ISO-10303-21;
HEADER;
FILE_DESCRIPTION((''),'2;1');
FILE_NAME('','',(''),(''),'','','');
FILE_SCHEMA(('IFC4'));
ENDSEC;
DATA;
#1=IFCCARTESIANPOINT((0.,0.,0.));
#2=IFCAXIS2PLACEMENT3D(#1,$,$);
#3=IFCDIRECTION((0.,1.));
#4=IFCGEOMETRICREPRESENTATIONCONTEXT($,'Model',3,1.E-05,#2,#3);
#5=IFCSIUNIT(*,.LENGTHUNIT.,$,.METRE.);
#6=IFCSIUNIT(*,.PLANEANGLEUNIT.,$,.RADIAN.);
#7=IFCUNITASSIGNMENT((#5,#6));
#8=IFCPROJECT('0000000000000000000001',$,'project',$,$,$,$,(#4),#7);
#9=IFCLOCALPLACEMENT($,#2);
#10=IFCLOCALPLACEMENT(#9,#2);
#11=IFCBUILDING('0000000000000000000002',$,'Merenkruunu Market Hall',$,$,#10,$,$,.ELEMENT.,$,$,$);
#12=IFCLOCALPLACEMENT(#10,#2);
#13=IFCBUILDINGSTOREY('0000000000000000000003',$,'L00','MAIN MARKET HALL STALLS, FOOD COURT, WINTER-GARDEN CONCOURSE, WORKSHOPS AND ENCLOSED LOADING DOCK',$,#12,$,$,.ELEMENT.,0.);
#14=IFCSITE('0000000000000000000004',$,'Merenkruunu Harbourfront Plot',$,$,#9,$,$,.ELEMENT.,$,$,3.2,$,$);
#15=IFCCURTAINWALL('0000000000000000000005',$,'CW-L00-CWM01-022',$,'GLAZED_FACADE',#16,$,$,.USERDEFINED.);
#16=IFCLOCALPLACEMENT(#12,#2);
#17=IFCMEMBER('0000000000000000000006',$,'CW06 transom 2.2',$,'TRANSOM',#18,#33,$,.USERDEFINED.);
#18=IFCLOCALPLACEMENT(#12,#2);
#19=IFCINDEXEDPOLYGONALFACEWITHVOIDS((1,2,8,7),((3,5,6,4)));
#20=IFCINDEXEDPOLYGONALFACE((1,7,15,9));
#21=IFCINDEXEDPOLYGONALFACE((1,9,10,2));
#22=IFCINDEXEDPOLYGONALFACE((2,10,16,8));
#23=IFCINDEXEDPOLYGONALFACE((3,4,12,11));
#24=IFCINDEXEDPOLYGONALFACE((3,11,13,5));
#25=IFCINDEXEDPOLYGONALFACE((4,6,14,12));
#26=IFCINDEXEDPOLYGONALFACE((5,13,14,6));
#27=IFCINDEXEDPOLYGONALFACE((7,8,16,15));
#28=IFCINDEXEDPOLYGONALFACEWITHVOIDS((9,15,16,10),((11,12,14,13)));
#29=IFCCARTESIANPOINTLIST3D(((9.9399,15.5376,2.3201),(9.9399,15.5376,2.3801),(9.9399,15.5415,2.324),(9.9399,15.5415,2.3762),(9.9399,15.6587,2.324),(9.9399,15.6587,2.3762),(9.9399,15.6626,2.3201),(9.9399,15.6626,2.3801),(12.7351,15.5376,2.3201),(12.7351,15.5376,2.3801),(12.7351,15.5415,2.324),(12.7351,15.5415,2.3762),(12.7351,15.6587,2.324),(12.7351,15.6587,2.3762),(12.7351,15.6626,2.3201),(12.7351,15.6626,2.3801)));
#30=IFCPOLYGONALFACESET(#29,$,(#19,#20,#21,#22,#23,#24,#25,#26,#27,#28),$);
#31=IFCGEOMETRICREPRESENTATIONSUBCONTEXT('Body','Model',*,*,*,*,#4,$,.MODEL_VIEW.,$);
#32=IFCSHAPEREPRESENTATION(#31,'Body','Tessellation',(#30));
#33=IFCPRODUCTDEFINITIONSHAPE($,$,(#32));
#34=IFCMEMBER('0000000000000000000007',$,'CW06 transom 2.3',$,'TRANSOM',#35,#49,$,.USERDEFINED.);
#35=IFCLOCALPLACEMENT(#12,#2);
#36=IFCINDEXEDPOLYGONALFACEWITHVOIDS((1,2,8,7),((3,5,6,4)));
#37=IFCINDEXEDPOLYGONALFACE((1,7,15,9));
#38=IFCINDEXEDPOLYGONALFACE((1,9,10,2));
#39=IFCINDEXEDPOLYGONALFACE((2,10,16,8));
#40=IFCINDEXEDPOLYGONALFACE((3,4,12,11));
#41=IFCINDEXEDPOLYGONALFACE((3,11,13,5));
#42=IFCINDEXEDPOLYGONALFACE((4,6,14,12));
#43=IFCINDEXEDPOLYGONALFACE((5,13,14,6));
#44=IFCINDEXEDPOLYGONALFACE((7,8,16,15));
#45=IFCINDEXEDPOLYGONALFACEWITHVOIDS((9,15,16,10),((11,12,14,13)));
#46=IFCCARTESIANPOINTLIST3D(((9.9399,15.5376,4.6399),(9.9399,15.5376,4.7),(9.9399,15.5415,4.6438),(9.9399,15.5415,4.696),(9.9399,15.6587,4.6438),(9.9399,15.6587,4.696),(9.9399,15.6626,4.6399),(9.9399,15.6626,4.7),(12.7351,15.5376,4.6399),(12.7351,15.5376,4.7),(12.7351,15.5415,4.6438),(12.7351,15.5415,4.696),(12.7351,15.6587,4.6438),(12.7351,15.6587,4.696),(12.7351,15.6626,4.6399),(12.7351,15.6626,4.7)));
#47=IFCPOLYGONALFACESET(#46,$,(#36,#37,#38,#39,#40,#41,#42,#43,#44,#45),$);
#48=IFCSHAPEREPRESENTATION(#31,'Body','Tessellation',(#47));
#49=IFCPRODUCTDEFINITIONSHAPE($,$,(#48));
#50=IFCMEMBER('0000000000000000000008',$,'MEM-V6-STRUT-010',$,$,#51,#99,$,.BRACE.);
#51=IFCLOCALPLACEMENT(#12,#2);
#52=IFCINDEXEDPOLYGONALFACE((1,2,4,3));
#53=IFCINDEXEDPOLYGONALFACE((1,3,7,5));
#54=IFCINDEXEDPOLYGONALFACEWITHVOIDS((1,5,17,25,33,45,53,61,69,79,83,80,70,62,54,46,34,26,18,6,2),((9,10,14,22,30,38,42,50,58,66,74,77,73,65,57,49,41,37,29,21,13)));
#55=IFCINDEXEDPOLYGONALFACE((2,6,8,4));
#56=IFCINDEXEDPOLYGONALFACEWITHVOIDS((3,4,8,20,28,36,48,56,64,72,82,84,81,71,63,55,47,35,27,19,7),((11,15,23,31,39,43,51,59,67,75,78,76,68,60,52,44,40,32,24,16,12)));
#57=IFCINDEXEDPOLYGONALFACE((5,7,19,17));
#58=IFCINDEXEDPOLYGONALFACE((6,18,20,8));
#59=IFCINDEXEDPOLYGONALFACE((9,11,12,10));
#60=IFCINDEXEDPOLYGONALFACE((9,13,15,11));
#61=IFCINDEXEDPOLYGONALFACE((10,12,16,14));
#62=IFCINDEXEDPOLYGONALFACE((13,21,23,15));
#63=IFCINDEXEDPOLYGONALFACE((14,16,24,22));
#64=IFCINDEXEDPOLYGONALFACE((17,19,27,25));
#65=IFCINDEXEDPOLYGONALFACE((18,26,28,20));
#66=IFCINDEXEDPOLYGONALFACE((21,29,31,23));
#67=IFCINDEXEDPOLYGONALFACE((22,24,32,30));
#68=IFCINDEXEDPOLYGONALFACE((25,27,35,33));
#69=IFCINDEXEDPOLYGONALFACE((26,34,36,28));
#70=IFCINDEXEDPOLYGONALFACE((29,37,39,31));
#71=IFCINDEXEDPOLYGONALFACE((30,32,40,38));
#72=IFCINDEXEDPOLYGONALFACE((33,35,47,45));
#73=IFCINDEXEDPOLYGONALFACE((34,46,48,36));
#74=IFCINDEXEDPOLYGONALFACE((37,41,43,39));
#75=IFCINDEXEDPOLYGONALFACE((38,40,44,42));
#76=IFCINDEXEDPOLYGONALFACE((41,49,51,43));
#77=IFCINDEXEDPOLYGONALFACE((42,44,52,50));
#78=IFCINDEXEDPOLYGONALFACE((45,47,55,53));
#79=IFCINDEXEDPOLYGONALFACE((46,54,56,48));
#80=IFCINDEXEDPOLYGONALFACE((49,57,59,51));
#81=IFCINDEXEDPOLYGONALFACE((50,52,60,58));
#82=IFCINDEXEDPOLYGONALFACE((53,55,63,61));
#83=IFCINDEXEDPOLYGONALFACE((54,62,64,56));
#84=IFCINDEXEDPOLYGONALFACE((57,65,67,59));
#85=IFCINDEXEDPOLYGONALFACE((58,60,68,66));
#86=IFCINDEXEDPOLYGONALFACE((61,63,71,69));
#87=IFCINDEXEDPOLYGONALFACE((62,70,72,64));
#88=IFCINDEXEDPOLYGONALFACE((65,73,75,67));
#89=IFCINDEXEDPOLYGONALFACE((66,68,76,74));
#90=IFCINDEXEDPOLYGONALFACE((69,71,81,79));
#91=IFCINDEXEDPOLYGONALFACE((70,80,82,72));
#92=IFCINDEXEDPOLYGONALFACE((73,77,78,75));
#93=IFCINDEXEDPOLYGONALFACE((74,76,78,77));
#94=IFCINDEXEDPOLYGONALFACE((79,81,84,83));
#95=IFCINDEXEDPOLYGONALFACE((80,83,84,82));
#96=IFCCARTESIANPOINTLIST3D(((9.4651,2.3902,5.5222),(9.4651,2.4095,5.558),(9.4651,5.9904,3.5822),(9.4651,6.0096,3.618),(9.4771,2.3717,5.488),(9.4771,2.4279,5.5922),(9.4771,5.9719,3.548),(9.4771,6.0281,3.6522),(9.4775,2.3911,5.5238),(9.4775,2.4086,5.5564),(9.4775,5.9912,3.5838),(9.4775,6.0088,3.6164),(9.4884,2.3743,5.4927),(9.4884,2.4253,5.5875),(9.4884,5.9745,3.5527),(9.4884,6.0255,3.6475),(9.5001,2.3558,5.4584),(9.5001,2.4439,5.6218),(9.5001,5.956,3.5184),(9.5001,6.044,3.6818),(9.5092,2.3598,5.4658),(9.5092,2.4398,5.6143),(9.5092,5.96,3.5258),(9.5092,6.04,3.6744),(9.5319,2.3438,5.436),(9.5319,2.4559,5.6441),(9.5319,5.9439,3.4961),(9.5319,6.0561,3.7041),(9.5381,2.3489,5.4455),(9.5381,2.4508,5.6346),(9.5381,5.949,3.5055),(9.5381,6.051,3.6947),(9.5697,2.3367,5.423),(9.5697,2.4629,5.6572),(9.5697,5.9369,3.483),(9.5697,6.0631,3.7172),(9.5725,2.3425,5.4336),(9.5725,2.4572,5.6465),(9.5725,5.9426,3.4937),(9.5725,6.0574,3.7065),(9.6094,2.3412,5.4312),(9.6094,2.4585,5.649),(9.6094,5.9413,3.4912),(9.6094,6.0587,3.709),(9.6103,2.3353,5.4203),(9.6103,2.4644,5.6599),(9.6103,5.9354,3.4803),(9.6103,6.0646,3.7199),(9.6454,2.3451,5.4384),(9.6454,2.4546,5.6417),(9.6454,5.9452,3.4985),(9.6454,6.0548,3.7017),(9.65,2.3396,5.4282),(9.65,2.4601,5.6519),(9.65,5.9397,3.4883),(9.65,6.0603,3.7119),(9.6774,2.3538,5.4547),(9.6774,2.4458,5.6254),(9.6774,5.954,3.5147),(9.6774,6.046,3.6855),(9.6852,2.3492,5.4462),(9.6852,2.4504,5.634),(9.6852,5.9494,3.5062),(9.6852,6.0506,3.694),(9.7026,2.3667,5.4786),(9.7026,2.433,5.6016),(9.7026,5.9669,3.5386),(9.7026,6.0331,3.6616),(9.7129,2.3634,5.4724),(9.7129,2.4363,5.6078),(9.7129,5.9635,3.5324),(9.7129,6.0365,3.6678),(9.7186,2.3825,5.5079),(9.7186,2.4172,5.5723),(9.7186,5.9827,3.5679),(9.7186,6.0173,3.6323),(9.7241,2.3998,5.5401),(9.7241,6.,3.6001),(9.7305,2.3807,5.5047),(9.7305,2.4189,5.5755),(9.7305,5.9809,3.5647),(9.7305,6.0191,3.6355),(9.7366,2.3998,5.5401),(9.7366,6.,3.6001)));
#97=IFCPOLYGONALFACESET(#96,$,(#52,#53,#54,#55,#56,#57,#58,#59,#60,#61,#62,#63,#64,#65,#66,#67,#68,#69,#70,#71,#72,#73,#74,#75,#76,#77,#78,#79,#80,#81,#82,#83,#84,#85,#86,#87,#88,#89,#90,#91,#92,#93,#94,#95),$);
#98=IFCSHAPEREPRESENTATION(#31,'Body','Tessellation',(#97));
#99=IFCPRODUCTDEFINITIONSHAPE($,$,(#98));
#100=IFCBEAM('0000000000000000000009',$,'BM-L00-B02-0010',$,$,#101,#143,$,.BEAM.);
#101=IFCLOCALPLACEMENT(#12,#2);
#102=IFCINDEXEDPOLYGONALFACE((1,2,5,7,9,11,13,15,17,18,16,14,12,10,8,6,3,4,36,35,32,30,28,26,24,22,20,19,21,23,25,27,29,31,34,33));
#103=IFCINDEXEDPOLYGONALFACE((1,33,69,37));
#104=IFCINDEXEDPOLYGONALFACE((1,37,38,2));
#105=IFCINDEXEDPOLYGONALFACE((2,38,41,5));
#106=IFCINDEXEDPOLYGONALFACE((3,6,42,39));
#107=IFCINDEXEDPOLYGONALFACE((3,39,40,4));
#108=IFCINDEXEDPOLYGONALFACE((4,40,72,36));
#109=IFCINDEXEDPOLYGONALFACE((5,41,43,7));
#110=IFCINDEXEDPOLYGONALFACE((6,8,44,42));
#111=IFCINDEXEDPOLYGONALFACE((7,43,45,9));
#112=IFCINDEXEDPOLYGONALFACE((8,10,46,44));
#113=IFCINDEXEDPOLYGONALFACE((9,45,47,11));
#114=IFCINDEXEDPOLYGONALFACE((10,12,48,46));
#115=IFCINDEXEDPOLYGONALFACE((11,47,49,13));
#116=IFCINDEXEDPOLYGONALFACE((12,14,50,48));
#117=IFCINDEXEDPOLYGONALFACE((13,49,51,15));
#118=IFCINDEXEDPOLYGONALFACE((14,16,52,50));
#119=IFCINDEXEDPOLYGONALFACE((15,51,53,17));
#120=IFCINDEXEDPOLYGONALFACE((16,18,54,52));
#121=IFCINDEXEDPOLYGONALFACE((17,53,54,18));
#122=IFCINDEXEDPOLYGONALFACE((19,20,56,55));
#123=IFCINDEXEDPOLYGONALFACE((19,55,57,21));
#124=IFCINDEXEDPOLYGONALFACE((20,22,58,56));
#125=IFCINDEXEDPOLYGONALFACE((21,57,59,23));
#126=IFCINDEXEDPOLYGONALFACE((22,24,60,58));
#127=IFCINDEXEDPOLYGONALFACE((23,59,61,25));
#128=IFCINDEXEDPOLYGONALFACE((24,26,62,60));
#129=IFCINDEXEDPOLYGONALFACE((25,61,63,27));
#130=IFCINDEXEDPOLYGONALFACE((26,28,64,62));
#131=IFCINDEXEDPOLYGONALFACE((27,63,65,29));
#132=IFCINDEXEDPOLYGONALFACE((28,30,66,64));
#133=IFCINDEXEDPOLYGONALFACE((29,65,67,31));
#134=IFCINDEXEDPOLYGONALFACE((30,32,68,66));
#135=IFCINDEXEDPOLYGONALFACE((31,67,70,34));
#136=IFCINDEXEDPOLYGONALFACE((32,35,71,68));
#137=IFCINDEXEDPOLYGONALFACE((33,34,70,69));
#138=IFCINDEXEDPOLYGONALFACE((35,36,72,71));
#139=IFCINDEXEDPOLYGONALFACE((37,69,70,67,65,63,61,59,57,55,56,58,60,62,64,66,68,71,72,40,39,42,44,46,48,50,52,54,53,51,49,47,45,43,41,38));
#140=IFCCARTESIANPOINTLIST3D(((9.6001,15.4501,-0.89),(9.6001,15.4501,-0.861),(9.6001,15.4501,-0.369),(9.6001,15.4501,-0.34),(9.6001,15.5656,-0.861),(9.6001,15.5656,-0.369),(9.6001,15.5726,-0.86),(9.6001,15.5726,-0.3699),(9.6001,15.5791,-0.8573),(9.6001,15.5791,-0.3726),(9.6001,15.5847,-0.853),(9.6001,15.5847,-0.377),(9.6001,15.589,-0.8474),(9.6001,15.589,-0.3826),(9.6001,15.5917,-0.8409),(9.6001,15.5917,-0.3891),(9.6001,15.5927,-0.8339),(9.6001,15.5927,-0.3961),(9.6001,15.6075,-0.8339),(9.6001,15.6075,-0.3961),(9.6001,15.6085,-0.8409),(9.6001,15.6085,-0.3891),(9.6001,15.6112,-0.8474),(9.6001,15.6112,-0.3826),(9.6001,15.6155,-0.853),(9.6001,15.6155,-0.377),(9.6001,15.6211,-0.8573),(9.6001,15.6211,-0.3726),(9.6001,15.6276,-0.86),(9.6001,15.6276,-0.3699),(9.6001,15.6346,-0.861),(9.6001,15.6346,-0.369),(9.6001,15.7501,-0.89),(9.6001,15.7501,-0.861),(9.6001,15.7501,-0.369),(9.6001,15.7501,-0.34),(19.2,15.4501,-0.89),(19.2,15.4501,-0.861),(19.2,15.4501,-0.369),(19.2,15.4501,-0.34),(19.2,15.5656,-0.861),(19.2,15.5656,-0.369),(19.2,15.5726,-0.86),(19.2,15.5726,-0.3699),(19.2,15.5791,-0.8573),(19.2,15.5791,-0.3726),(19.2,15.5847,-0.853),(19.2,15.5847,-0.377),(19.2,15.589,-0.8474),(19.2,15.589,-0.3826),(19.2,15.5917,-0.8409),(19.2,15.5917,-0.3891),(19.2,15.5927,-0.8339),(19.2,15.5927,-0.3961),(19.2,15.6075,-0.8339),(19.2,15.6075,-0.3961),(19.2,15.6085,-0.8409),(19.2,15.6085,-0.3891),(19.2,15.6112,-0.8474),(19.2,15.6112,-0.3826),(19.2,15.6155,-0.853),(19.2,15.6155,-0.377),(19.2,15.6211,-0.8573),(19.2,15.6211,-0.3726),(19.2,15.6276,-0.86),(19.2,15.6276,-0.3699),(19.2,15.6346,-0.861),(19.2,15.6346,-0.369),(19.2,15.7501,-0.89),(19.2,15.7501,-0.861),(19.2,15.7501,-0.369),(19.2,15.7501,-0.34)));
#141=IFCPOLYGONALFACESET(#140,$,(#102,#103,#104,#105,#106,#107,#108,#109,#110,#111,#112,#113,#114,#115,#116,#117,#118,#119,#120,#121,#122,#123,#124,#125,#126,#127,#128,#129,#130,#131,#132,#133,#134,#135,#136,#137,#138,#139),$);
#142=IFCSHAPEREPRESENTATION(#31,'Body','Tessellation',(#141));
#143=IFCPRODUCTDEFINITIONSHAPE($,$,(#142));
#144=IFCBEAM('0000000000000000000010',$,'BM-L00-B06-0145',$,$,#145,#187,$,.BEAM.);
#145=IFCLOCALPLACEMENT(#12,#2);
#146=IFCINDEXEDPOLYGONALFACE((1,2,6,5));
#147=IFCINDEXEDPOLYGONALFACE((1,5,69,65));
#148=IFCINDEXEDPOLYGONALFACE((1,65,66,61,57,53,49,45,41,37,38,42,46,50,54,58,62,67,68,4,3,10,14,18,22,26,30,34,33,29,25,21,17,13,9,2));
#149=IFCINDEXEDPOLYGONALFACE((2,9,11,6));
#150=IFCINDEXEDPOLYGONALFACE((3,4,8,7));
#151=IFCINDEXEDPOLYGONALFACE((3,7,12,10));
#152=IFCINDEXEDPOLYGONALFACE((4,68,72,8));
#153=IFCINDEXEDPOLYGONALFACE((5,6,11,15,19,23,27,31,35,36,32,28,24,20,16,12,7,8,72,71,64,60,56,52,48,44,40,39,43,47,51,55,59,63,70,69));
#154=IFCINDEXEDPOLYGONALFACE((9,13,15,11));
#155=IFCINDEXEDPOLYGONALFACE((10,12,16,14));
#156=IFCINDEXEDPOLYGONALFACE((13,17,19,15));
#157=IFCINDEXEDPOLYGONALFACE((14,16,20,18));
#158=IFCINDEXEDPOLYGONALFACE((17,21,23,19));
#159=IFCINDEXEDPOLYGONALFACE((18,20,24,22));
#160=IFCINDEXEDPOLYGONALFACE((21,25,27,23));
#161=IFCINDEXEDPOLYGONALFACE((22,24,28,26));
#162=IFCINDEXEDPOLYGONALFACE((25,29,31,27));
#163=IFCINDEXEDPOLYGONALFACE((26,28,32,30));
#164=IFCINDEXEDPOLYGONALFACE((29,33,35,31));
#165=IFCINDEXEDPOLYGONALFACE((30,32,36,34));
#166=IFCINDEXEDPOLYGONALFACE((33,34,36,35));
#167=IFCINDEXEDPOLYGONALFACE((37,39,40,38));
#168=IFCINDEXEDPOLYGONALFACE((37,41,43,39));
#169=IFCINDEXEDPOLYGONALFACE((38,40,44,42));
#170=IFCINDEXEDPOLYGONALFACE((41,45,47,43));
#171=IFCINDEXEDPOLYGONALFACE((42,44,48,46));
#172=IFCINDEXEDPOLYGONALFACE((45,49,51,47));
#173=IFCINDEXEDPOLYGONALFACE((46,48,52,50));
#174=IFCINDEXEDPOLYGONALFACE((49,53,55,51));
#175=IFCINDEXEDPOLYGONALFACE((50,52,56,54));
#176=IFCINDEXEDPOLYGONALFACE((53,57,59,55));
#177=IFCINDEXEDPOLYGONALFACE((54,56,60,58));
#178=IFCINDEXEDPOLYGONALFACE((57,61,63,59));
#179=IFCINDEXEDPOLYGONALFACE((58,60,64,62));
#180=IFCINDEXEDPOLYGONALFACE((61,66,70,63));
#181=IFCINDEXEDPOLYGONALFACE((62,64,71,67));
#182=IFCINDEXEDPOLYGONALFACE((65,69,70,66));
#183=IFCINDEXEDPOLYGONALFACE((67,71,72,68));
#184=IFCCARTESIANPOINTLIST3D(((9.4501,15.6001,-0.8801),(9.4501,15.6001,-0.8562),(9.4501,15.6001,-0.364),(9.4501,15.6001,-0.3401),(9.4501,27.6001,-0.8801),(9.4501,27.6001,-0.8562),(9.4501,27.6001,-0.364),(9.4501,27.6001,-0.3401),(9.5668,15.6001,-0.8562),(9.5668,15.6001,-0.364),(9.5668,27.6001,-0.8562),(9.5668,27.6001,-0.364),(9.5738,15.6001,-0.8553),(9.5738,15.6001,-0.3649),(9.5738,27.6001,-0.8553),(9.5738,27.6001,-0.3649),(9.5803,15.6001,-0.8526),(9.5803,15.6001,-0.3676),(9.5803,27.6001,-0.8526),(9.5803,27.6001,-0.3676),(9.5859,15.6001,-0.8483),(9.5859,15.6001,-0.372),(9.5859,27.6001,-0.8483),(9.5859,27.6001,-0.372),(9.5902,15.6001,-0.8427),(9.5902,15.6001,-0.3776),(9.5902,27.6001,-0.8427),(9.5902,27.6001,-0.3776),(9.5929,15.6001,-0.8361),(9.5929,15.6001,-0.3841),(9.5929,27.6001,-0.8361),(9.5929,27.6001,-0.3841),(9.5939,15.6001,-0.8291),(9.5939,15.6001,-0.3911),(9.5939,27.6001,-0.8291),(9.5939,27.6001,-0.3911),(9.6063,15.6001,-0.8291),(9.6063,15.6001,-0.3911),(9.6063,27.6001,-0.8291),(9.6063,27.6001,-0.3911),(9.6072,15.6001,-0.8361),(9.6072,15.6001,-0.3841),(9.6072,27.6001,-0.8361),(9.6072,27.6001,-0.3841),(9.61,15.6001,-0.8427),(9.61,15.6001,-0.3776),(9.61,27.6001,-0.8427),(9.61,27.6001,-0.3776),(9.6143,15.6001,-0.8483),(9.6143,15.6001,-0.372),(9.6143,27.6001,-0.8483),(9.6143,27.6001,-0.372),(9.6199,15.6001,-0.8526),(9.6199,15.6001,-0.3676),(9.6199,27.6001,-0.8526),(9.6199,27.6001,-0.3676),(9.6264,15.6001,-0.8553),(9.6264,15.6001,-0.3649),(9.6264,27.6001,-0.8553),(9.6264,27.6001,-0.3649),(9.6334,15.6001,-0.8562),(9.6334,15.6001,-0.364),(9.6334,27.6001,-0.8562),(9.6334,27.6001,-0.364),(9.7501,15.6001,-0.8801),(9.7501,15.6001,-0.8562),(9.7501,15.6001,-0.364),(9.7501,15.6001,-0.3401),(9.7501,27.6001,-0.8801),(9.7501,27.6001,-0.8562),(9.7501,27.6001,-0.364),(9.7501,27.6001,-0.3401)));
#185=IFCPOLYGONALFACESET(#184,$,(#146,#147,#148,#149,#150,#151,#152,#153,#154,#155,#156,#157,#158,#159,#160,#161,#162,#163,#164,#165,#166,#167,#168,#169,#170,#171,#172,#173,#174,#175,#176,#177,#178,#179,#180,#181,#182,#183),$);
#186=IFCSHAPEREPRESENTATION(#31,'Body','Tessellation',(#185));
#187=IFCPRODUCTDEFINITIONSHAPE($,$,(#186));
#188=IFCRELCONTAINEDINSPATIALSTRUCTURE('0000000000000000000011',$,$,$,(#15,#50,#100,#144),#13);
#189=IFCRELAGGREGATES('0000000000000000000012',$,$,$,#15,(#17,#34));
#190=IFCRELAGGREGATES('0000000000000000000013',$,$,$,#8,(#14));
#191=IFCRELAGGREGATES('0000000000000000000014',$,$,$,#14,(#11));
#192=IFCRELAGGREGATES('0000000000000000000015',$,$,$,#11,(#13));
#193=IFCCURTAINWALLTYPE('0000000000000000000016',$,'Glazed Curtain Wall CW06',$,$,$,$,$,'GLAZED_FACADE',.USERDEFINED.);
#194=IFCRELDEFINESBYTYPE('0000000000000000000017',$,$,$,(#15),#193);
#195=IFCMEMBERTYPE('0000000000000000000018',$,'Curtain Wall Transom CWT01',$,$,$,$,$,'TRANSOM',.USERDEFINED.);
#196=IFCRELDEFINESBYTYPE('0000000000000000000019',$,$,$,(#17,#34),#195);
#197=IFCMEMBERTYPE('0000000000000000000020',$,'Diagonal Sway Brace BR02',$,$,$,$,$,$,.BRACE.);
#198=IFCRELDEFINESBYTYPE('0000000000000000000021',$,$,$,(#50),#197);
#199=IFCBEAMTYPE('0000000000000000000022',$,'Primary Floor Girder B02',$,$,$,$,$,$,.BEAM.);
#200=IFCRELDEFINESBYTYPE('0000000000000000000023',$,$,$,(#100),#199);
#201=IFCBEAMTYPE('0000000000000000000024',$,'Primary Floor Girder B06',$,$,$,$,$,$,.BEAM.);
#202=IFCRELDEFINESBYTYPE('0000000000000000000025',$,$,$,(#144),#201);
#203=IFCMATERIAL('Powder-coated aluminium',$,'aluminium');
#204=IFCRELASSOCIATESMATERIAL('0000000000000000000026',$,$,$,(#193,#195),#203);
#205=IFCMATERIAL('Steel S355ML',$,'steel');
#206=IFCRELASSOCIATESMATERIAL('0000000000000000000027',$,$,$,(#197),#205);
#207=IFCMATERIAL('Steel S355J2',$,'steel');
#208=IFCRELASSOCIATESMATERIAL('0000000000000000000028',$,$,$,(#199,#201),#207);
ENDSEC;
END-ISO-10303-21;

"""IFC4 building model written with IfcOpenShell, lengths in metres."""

from ifc_helpers import new_model, si_unit, direction, frame, origin, origin_2d, place, context, subcontext, project, spatial, hollow_rectangle, hollow_circle, i_section, extrude, material, material_profile, profile_set, type_object, element, aggregate, save


model = new_model("IFC4")

# Units and contexts
model_context = context("Model", 3, precision=1e-05, world=origin(), true_north=direction((0.0, 1.0)))
body_context = subcontext(model_context, "Body", "Model", "MODEL_VIEW")
ifc_project = project(units=[si_unit("LENGTHUNIT", "METRE"), si_unit("PLANEANGLEUNIT", "RADIAN")], contexts=[model_context])

# Site, building, storey
site_placement = place(None, origin())
site = spatial("IfcSite", under=ifc_project, at=site_placement, Name="Merenkruunu Harbourfront Plot", CompositionType="ELEMENT", RefElevation=3.2)
building_placement = place(site_placement, origin())
building = spatial("IfcBuilding", under=site, at=building_placement, Name="Merenkruunu Market Hall", CompositionType="ELEMENT")
storey_placement = place(building_placement, origin())
storey = spatial("IfcBuildingStorey", under=building, at=storey_placement, Name="L00", Description="MAIN MARKET HALL STALLS, FOOD COURT, WINTER-GARDEN CONCOURSE, WORKSHOPS AND ENCLOSED LOADING DOCK", CompositionType="ELEMENT", Elevation=0.0)

# Shared definitions
ifc_material_1 = material(Name="Steel S355J2", Category="steel")
ifc_material_2 = material(Name="Steel S355ML", Category="steel")

# Curtain wall
ifc_material_3 = material(Name="Powder-coated aluminium", Category="aluminium")
curtain_wall_type_1 = type_object("IfcCurtainWallType", Name="Glazed Curtain Wall CW06", ElementType="GLAZED_FACADE", PredefinedType="USERDEFINED", material=ifc_material_3)
curtain_wall_1_placement = place(storey_placement, origin())
curtain_wall_1 = element("IfcCurtainWall", 1, at=curtain_wall_1_placement, inside=storey, type_object=curtain_wall_type_1, Name="CW-L00-CWM01-022", ObjectType="GLAZED_FACADE", PredefinedType="USERDEFINED")

# Members
ifc_material_profile_1 = material_profile(ifc_material_3, hollow_rectangle(XDim=0.0601, YDim=0.125, WallThickness=0.0039, at=origin_2d()), Name="ALU 60x125x4")
ifc_profile_set_1 = profile_set([ifc_material_profile_1], Name="Powder-coated aluminium")
member_type_1 = type_object("IfcMemberType", Name="Curtain Wall Transom CWT01", ElementType="TRANSOM", PredefinedType="USERDEFINED", material=ifc_profile_set_1)
member_1_placement = place(storey_placement, frame((12.7351, 15.6001, 2.3501), z_axis=(-1.0, 0.0, 0.0), x_axis=(0.0, 0.0, 1.0)))
member_1 = element("IfcMember", 2, at=member_1_placement, type_object=member_type_1, Name="CW06 transom 2.2", ObjectType="TRANSOM", PredefinedType="USERDEFINED", context=body_context, shape_type="SweptSolid", body=[
    extrude(hollow_rectangle(XDim=0.0601, YDim=0.125, WallThickness=0.0039, at=origin_2d()), origin(), (0.0, 0.0, 1.0), 2.7952),
])
member_2_placement = place(storey_placement, frame((12.7351, 15.6001, 4.6699), z_axis=(-1.0, 0.0, 0.0), x_axis=(0.0, 0.0, 1.0)))
member_2 = element("IfcMember", 3, at=member_2_placement, type_object=member_type_1, Name="CW06 transom 2.3", ObjectType="TRANSOM", PredefinedType="USERDEFINED", context=body_context, shape_type="SweptSolid", body=[
    extrude(hollow_rectangle(XDim=0.0601, YDim=0.125, WallThickness=0.0039, at=origin_2d()), origin(), (0.0, 0.0, 1.0), 2.7952),
])
ifc_material_profile_2 = material_profile(ifc_material_2, hollow_circle(Radius=0.1365, WallThickness=0.0125, at=origin_2d()), Name="CHS 273x12.5")
ifc_profile_set_2 = profile_set([ifc_material_profile_2], Name="Steel S355ML")
member_type_2 = type_object("IfcMemberType", Name="Diagonal Sway Brace BR02", PredefinedType="BRACE", material=ifc_profile_set_2)
member_3_placement = place(storey_placement, frame((9.6001, 6.0, 3.6001), z_axis=(0.0, -0.880325, 0.47437), x_axis=(1.0, 0.0, 0.0)))
element("IfcMember", 4, at=member_3_placement, inside=storey, type_object=member_type_2, Name="MEM-V6-STRUT-010", PredefinedType="BRACE", context=body_context, shape_type="SweptSolid", body=[
    extrude(hollow_circle(Radius=0.1365, WallThickness=0.0125, at=origin_2d()), origin(), (0.0, 0.0, 1.0), 4.0896),
])

# Beams
ifc_material_profile_3 = material_profile(ifc_material_1, i_section(OverallWidth=0.3, OverallDepth=0.55, WebThickness=0.0149, FlangeThickness=0.0291, FilletRadius=0.0271, at=origin_2d()), Name="HEB 550")
ifc_profile_set_3 = profile_set([ifc_material_profile_3], Name="Steel S355J2")
beam_type_1 = type_object("IfcBeamType", Name="Primary Floor Girder B02", PredefinedType="BEAM", material=ifc_profile_set_3)
beam_1_placement = place(storey_placement, frame((9.6001, 15.6001, -0.615), z_axis=(1.0, 0.0, 0.0), x_axis=(0.0, 1.0, 0.0)))
element("IfcBeam", 5, at=beam_1_placement, inside=storey, type_object=beam_type_1, Name="BM-L00-B02-0010", PredefinedType="BEAM", context=body_context, shape_type="SweptSolid", body=[
    extrude(i_section(OverallWidth=0.3, OverallDepth=0.55, WebThickness=0.0149, FlangeThickness=0.0291, FilletRadius=0.0271, at=origin_2d()), origin(), (0.0, 0.0, 1.0), 9.5999),
])
ifc_material_profile_4 = material_profile(ifc_material_1, i_section(OverallWidth=0.3, OverallDepth=0.54, WebThickness=0.0125, FlangeThickness=0.0239, FilletRadius=0.0271, at=origin_2d()), Name="HEA 550")
ifc_profile_set_4 = profile_set([ifc_material_profile_4], Name="Steel S355J2")
beam_type_2 = type_object("IfcBeamType", Name="Primary Floor Girder B06", PredefinedType="BEAM", material=ifc_profile_set_4)
beam_2_placement = place(storey_placement, frame((9.6001, 15.6001, -0.6101), z_axis=(0.0, 1.0, 0.0), x_axis=(-1.0, 0.0, 0.0)))
element("IfcBeam", 6, at=beam_2_placement, inside=storey, type_object=beam_type_2, Name="BM-L00-B06-0145", PredefinedType="BEAM", context=body_context, shape_type="SweptSolid", body=[
    extrude(i_section(OverallWidth=0.3, OverallDepth=0.54, WebThickness=0.0125, FlangeThickness=0.0239, FilletRadius=0.0271, at=origin_2d()), origin(), (0.0, 0.0, 1.0), 12.0),
])

aggregate(curtain_wall_1, [member_1, member_2])

save(model, "model.ifc")
